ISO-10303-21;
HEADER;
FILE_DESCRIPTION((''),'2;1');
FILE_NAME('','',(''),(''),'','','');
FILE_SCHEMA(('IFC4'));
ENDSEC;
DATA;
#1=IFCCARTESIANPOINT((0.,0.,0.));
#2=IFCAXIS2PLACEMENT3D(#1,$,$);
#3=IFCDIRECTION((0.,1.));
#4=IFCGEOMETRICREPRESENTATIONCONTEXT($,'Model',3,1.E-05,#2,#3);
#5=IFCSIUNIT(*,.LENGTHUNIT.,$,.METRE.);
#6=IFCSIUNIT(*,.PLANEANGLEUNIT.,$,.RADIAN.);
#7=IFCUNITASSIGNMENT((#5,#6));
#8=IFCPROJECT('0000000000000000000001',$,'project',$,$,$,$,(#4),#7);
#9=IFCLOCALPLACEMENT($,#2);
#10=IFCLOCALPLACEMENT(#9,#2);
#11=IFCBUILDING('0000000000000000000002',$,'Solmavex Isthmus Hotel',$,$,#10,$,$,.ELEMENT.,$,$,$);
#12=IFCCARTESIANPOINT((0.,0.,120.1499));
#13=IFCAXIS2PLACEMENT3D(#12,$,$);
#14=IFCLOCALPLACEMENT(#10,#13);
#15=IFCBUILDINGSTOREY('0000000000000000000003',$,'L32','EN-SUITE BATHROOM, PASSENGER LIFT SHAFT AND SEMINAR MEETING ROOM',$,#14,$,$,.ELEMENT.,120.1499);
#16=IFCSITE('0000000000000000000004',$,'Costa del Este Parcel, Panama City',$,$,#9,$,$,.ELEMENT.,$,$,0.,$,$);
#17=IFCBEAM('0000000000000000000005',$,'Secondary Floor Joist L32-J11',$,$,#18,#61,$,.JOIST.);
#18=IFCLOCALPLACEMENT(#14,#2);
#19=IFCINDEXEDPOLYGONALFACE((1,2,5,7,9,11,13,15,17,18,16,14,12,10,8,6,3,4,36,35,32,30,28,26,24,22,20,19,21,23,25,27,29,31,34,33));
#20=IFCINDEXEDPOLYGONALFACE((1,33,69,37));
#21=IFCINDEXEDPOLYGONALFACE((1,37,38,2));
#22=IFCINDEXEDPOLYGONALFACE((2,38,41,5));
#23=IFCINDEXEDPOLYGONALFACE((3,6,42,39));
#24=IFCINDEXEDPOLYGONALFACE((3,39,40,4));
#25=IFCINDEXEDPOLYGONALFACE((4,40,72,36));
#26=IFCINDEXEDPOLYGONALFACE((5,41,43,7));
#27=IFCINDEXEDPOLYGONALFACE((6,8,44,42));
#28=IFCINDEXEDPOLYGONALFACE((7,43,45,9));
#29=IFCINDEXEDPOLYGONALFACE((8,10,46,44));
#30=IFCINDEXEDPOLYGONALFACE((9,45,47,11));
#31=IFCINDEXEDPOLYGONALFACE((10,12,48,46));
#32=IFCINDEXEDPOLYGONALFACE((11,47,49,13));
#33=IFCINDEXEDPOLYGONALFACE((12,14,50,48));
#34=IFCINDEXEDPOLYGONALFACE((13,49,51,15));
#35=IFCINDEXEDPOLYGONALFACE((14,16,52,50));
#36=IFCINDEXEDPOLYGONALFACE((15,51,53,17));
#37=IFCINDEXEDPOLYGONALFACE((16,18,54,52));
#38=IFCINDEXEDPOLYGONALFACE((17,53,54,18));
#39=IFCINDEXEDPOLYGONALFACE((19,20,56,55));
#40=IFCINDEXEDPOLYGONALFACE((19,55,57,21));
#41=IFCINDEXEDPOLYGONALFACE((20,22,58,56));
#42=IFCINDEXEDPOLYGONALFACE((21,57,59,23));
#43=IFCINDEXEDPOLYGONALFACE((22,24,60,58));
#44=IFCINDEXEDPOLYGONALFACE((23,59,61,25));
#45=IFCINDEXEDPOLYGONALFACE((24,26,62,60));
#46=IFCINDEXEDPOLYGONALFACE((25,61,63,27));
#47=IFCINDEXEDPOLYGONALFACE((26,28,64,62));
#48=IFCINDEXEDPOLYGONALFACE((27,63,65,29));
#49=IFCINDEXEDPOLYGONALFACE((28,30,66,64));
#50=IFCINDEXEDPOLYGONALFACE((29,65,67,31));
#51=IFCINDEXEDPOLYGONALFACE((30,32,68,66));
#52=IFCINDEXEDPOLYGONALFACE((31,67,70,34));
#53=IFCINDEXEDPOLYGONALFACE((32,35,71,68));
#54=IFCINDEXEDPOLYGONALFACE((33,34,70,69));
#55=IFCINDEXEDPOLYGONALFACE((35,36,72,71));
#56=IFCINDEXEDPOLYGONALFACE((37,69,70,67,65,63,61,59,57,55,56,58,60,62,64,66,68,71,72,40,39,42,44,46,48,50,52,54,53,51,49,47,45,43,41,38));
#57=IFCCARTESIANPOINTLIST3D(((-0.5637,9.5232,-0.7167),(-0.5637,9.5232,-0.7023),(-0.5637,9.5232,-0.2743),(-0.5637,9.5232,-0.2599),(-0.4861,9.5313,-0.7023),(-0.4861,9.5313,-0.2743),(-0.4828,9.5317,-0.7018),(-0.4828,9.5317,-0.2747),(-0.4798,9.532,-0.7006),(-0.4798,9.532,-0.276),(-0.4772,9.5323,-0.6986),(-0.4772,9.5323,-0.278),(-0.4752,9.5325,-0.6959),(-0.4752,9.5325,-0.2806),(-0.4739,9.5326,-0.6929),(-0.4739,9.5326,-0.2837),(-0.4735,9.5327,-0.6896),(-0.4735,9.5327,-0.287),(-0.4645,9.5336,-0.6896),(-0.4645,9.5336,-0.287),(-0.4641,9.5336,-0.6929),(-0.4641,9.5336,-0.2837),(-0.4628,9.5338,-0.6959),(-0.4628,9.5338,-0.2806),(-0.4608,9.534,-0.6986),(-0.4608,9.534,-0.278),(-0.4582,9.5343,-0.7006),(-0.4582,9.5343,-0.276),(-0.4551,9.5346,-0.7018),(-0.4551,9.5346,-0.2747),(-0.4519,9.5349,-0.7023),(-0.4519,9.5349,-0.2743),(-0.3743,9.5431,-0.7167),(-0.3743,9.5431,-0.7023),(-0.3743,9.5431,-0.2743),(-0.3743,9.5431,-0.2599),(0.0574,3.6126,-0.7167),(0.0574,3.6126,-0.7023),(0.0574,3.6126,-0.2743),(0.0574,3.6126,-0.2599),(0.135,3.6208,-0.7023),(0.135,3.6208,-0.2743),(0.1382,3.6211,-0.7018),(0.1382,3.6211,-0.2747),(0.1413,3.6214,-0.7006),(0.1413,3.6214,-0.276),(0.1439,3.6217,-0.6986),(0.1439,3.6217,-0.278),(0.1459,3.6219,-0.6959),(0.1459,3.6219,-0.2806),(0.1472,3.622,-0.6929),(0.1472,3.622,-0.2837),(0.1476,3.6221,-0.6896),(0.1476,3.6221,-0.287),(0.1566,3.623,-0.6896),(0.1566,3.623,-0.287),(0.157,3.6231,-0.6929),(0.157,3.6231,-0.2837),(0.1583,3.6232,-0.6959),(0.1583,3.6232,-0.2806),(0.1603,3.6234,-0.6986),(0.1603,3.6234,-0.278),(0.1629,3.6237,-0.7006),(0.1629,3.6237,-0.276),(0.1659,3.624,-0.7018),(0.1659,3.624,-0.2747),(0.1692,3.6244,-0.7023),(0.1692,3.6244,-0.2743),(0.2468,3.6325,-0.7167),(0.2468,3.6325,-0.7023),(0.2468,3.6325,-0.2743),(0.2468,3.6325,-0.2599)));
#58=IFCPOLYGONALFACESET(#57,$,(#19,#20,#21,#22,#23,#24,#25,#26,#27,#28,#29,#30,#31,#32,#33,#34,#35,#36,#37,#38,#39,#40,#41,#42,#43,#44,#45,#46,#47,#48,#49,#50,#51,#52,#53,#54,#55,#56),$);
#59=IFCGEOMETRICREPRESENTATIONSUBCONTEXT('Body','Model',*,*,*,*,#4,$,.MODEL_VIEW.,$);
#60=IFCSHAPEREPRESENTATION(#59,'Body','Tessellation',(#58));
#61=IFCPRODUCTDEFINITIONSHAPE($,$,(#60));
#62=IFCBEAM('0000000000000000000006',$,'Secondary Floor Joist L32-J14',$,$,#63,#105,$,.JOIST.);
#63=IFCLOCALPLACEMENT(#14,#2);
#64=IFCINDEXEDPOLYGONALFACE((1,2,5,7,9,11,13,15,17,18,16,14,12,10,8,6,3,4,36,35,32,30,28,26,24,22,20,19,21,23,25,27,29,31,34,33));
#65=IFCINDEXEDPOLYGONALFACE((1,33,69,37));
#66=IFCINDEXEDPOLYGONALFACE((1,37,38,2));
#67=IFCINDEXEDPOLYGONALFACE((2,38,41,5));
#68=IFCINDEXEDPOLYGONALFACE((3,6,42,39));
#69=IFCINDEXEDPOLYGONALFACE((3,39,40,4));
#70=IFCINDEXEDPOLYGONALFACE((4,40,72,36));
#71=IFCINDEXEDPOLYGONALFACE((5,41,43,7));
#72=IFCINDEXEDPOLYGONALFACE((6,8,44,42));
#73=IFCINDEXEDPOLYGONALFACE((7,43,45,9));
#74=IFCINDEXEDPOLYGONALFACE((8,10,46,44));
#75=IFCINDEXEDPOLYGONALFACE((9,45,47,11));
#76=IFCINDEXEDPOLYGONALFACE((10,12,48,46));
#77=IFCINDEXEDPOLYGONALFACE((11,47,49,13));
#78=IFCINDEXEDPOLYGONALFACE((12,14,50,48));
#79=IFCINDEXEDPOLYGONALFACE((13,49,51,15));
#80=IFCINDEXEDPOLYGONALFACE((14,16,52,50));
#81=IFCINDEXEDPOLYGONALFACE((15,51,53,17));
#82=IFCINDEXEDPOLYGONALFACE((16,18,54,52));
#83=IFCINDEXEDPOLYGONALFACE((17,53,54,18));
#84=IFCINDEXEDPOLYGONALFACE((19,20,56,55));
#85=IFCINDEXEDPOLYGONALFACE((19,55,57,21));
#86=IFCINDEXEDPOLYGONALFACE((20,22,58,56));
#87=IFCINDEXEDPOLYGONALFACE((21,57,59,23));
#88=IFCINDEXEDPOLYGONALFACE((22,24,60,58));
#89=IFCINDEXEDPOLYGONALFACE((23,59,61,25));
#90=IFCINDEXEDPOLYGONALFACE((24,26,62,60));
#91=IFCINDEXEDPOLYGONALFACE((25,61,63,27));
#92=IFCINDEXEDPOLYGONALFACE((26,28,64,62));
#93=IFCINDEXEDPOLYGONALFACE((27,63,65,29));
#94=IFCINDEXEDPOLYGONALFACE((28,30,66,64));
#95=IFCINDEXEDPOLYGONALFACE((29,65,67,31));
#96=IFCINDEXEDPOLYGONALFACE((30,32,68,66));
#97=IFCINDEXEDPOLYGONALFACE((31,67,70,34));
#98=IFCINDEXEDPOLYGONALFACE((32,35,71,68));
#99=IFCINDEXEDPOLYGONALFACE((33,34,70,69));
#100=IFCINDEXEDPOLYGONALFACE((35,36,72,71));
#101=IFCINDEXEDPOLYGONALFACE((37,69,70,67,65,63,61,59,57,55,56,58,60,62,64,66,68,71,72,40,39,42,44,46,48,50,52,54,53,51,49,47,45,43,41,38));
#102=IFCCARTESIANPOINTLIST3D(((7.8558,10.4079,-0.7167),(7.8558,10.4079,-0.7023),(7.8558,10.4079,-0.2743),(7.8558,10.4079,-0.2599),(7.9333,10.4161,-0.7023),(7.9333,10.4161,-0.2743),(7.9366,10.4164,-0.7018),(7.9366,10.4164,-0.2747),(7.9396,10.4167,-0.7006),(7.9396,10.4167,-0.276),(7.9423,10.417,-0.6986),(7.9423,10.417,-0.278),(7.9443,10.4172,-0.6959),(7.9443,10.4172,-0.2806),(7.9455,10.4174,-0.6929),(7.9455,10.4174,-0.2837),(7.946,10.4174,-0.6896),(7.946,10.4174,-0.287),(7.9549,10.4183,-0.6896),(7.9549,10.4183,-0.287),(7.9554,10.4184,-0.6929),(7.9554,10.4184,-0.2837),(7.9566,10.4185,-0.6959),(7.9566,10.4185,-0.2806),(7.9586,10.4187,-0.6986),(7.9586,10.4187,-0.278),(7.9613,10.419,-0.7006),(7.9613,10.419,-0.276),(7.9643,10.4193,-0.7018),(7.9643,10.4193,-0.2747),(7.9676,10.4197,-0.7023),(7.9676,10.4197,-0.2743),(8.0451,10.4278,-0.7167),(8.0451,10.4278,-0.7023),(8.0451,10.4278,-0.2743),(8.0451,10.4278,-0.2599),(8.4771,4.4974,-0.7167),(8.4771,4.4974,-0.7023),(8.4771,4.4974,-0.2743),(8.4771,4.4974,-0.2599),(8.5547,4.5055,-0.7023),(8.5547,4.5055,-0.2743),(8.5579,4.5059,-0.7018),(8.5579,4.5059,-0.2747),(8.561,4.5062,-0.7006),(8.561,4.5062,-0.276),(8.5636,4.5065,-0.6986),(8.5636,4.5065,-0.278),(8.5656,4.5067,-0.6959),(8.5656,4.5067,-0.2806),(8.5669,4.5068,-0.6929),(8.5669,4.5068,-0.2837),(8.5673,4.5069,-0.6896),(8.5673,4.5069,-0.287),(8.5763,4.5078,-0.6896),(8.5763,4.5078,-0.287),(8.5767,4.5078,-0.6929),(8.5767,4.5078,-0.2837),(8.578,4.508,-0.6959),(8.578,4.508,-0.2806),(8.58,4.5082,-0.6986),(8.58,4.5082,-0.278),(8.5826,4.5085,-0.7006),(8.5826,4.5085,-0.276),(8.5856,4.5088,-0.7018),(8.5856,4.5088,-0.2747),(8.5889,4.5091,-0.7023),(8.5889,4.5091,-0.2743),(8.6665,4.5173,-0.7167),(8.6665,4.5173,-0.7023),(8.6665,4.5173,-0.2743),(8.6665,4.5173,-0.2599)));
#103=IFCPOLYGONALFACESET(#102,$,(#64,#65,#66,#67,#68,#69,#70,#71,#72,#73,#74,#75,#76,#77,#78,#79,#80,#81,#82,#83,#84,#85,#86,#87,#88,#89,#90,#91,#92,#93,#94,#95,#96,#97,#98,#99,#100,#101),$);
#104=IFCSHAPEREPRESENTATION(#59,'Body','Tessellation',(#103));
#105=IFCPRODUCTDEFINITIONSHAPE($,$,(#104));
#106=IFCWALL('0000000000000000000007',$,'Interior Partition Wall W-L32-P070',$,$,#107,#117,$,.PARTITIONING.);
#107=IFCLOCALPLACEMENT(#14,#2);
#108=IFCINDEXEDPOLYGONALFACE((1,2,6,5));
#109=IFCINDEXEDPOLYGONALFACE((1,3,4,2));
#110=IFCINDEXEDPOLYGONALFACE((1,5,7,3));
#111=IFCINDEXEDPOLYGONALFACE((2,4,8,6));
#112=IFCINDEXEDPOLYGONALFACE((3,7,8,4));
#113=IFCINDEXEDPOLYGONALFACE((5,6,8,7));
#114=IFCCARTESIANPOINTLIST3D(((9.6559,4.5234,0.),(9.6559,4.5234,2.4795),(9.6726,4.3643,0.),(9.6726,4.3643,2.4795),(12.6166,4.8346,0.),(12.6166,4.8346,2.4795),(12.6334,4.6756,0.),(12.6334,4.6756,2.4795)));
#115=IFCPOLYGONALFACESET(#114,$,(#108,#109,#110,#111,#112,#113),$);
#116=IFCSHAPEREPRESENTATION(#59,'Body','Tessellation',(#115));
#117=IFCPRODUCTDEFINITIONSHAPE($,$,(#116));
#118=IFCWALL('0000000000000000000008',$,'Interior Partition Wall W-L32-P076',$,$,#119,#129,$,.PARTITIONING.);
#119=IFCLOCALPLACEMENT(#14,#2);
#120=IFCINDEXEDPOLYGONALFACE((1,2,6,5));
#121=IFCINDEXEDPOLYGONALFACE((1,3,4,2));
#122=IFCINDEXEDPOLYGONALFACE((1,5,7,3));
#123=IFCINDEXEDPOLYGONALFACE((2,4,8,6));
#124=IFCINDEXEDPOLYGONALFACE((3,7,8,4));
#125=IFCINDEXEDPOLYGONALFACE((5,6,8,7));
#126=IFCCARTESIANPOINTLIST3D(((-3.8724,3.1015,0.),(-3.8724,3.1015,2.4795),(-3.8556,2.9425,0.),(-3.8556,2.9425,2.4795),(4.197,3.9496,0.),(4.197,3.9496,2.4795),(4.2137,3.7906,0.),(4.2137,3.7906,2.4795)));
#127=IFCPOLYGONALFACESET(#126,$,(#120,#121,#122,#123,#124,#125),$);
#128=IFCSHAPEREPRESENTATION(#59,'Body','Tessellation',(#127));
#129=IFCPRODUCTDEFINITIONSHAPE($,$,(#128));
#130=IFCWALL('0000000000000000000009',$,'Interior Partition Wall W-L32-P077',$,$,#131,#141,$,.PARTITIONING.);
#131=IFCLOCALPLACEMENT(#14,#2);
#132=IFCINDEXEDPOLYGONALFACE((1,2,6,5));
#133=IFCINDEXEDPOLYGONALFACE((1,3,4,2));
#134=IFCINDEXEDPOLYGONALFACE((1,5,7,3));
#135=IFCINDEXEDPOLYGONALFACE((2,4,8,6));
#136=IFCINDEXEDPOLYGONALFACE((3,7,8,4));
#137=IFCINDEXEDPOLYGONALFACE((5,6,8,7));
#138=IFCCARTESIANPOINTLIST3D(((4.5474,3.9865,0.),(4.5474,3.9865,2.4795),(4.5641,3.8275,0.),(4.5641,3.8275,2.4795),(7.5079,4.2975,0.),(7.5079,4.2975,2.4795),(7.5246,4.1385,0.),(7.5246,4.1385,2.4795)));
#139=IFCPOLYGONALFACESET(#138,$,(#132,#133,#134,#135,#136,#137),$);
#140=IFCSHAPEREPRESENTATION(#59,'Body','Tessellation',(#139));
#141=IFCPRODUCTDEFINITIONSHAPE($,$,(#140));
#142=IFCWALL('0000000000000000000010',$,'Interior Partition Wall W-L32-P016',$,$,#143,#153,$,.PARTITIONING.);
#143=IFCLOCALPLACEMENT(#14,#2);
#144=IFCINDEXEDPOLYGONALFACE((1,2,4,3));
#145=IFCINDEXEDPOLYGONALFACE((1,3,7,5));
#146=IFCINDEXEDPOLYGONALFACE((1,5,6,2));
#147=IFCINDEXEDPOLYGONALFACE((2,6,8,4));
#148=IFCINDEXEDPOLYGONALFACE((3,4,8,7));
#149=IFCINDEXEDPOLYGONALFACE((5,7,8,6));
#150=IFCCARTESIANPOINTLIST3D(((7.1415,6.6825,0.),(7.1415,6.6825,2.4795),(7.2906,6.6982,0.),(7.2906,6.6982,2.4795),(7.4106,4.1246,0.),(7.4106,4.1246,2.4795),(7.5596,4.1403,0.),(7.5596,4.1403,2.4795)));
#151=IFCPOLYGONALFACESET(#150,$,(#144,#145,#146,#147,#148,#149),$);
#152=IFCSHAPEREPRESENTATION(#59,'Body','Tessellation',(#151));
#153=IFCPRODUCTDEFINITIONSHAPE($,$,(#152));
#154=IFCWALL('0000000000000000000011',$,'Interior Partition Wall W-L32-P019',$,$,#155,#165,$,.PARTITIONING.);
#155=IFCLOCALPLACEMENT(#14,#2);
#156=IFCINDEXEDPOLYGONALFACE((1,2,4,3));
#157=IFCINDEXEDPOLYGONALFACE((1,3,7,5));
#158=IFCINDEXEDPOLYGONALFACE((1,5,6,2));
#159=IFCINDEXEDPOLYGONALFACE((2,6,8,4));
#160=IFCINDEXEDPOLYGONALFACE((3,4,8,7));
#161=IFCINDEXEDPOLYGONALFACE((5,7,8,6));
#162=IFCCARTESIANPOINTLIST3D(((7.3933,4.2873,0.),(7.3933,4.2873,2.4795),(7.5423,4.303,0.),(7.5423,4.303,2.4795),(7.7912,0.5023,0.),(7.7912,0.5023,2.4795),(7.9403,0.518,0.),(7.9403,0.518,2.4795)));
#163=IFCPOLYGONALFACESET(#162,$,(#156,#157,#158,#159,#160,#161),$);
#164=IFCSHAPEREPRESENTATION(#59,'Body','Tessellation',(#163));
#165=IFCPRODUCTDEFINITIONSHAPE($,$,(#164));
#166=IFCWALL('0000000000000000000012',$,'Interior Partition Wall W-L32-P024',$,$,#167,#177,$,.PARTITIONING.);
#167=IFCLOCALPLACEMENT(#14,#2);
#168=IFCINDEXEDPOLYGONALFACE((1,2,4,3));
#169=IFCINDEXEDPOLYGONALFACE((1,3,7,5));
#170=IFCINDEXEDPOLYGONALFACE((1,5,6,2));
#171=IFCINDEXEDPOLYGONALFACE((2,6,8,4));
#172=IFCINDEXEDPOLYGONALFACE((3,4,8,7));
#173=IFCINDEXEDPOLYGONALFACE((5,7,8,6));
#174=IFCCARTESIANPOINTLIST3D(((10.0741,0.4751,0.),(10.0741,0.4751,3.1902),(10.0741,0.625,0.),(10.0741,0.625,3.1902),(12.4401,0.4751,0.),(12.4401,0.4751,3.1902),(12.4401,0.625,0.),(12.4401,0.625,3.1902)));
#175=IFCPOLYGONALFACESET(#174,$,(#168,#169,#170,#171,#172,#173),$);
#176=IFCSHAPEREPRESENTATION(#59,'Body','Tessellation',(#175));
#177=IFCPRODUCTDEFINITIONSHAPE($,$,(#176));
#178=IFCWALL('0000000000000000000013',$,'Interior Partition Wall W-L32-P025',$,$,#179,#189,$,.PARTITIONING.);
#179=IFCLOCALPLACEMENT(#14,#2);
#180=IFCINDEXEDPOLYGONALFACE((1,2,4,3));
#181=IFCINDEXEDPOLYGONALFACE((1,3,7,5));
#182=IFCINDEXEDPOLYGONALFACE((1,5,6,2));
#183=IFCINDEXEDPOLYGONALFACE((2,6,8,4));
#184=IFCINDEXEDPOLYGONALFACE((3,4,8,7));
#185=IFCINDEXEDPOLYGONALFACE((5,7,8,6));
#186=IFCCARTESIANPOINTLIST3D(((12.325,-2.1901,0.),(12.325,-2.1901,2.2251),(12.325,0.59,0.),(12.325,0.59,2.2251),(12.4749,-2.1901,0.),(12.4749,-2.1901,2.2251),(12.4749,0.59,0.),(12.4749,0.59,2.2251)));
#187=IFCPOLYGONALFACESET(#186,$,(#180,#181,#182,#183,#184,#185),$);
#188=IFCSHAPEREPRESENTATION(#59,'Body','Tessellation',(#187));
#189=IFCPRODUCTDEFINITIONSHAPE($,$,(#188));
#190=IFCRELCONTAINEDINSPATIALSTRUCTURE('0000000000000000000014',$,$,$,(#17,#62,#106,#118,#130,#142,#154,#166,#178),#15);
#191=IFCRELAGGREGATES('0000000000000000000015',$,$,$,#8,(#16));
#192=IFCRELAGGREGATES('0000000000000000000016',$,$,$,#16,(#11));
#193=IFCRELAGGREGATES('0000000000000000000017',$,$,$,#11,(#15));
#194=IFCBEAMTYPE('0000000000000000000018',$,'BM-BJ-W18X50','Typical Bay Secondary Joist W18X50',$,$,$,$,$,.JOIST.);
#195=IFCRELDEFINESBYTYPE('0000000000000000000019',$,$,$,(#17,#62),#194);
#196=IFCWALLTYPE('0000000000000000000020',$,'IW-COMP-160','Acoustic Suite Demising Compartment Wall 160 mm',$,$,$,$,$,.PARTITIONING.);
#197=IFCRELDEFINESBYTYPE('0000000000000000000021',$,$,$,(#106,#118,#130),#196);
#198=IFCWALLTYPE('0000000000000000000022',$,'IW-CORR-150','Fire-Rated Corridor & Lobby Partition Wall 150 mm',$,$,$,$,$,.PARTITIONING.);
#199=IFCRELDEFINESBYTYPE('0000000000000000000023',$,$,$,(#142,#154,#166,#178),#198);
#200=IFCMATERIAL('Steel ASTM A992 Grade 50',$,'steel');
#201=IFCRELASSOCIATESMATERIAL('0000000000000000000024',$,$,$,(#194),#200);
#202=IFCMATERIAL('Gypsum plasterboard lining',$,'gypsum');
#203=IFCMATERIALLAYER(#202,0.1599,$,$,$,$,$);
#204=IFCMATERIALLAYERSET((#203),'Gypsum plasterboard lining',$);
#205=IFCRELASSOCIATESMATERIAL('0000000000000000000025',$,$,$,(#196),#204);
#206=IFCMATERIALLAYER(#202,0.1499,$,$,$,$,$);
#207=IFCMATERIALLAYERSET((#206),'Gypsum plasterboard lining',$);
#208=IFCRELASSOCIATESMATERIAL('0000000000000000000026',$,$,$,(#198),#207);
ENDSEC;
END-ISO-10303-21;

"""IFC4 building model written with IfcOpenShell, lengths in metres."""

from ifc_helpers import new_model, si_unit, direction, frame, frame_2d, origin, origin_2d, place, context, subcontext, project, spatial, rectangle, i_section, extrude, material, layer, layer_set, material_profile, profile_set, type_object, element, save


model = new_model("IFC4")

# Units and contexts
model_context = context("Model", 3, precision=1e-05, world=origin(), true_north=direction((0.0, 1.0)))
body_context = subcontext(model_context, "Body", "Model", "MODEL_VIEW")
ifc_project = project(units=[si_unit("LENGTHUNIT", "METRE"), si_unit("PLANEANGLEUNIT", "RADIAN")], contexts=[model_context])

# Site, building, storey
site_placement = place(None, origin())
site = spatial("IfcSite", under=ifc_project, at=site_placement, Name="Costa del Este Parcel, Panama City", CompositionType="ELEMENT", RefElevation=0.0)
building_placement = place(site_placement, origin())
building = spatial("IfcBuilding", under=site, at=building_placement, Name="Solmavex Isthmus Hotel", CompositionType="ELEMENT")
storey_placement = place(building_placement, frame((0.0, 0.0, 120.1499)))
storey = spatial("IfcBuildingStorey", under=building, at=storey_placement, Name="L32", Description="EN-SUITE BATHROOM, PASSENGER LIFT SHAFT AND SEMINAR MEETING ROOM", CompositionType="ELEMENT", Elevation=120.1499)

# Beams
ifc_material_1 = material(Name="Steel ASTM A992 Grade 50", Category="steel")
ifc_material_profile_1 = material_profile(ifc_material_1, i_section(OverallWidth=0.1904, OverallDepth=0.4568, WebThickness=0.009, FlangeThickness=0.0144, FilletRadius=0.0127, at=origin_2d()), Name="W18X50")
ifc_profile_set_1 = profile_set([ifc_material_profile_1], Name="Steel ASTM A992 Grade 50")
beam_type_1 = type_object("IfcBeamType", Name="BM-BJ-W18X50", Description="Typical Bay Secondary Joist W18X50", PredefinedType="JOIST", material=ifc_profile_set_1)
for number, where, z_axis, x_axis, name in (
    (1, (0.1521, 3.6226, -0.4883), (-0.104505, 0.994524, 0.0), (-0.994524, -0.104505, 0.0), "Secondary Floor Joist L32-J11"),
    (2, (8.5718, 4.5073, -0.4883), (-0.104546, 0.99452, 0.0), (-0.99452, -0.104546, 0.0), "Secondary Floor Joist L32-J14"),
):
    element("IfcBeam", number, at=place(storey_placement, frame(where, z_axis=z_axis, x_axis=x_axis)), inside=storey, type_object=beam_type_1, Name=name, PredefinedType="JOIST", context=body_context, shape_type="SweptSolid", body=[
        extrude(i_section(OverallWidth=0.1904, OverallDepth=0.4568, WebThickness=0.009, FlangeThickness=0.0144, FilletRadius=0.0127, at=origin_2d()), origin(), (0.0, 0.0, 1.0), 5.9431),
    ])

# Walls
ifc_material_2 = material(Name="Gypsum plasterboard lining", Category="gypsum")
ifc_layer_1 = layer(ifc_material_2, 0.1599)
ifc_layer_set_1 = layer_set([ifc_layer_1], Name="Gypsum plasterboard lining")
wall_type_1 = type_object("IfcWallType", Name="IW-COMP-160", Description="Acoustic Suite Demising Compartment Wall 160 mm", PredefinedType="PARTITIONING", material=ifc_layer_set_1)
wall_1_placement = place(storey_placement, frame((12.625, 4.7551, 0.0), z_axis=(0.0, 0.0, 1.0), x_axis=(-0.994518, -0.104561, 0.0)))
element("IfcWall", 3, at=wall_1_placement, inside=storey, type_object=wall_type_1, Name="Interior Partition Wall W-L32-P070", PredefinedType="PARTITIONING", context=body_context, shape_type="SweptSolid", body=[
    extrude(rectangle(XDim=2.9771, YDim=0.1599, at=frame_2d((1.4885, 0.0))), origin(), (0.0, 0.0, 1.0), 2.4795),
])
wall_2_placement = place(storey_placement, frame((4.2053, 3.8701, 0.0), z_axis=(0.0, 0.0, 1.0), x_axis=(-0.994522, -0.104531, 0.0)))
element("IfcWall", 4, at=wall_2_placement, inside=storey, type_object=wall_type_1, Name="Interior Partition Wall W-L32-P076", PredefinedType="PARTITIONING", context=body_context, shape_type="SweptSolid", body=[
    extrude(rectangle(XDim=8.1138, YDim=0.1599, at=frame_2d((4.0569, 0.0))), origin(), (0.0, 0.0, 1.0), 2.4795),
])
wall_3_placement = place(storey_placement, frame((7.5161, 4.218, 0.0), z_axis=(0.0, 0.0, 1.0), x_axis=(-0.994526, -0.104488, 0.0)))
element("IfcWall", 5, at=wall_3_placement, inside=storey, type_object=wall_type_1, Name="Interior Partition Wall W-L32-P077", PredefinedType="PARTITIONING", context=body_context, shape_type="SweptSolid", body=[
    extrude(rectangle(XDim=2.9768, YDim=0.1599, at=frame_2d((1.4883, 0.0))), origin(), (0.0, 0.0, 1.0), 2.4795),
])
ifc_layer_2 = layer(ifc_material_2, 0.1499)
ifc_layer_set_2 = layer_set([ifc_layer_2], Name="Gypsum plasterboard lining")
wall_type_2 = type_object("IfcWallType", Name="IW-CORR-150", Description="Fire-Rated Corridor & Lobby Partition Wall 150 mm", PredefinedType="PARTITIONING", material=ifc_layer_set_2)
wall_4_placement = place(storey_placement, frame((7.4851, 4.1323, 0.0), z_axis=(0.0, 0.0, 1.0), x_axis=(-0.104606, 0.994514, 0.0)))
element("IfcWall", 6, at=wall_4_placement, inside=storey, type_object=wall_type_2, Name="Interior Partition Wall W-L32-P016", PredefinedType="PARTITIONING", context=body_context, shape_type="SweptSolid", body=[
    extrude(rectangle(XDim=2.572, YDim=0.1499, at=frame_2d((1.2861, 0.0))), origin(), (0.0, 0.0, 1.0), 2.4795),
])
wall_5_placement = place(storey_placement, frame((7.8657, 0.5103, 0.0), z_axis=(0.0, 0.0, 1.0), x_axis=(-0.104558, 0.994519, 0.0)))
element("IfcWall", 7, at=wall_5_placement, inside=storey, type_object=wall_type_2, Name="Interior Partition Wall W-L32-P019", PredefinedType="PARTITIONING", context=body_context, shape_type="SweptSolid", body=[
    extrude(rectangle(XDim=3.8059, YDim=0.1499, at=frame_2d((1.9028, 0.0))), origin(), (0.0, 0.0, 1.0), 2.4795),
])

# Walls
wall_6_placement = place(storey_placement, frame((10.074, 0.55, 0.0), z_axis=(0.0, 0.0, 1.0), x_axis=(1.0, 0.0, 0.0)))
element("IfcWall", 8, at=wall_6_placement, inside=storey, type_object=wall_type_2, Name="Interior Partition Wall W-L32-P024", PredefinedType="PARTITIONING", context=body_context, shape_type="SweptSolid", body=[
    extrude(rectangle(XDim=2.366, YDim=0.1499, at=frame_2d((1.1831, 0.0))), origin(), (0.0, 0.0, 1.0), 3.1902),
])
wall_7_placement = place(storey_placement, frame((12.3999, 0.5901, 0.0), z_axis=(0.0, 0.0, 1.0), x_axis=(0.0, -1.0, 0.0)))
element("IfcWall", 9, at=wall_7_placement, inside=storey, type_object=wall_type_2, Name="Interior Partition Wall W-L32-P025", PredefinedType="PARTITIONING", context=body_context, shape_type="SweptSolid", body=[
    extrude(rectangle(XDim=2.78, YDim=0.1499, at=frame_2d((1.3901, 0.0))), origin(), (0.0, 0.0, 1.0), 2.2251),
])

save(model, "model.ifc")
